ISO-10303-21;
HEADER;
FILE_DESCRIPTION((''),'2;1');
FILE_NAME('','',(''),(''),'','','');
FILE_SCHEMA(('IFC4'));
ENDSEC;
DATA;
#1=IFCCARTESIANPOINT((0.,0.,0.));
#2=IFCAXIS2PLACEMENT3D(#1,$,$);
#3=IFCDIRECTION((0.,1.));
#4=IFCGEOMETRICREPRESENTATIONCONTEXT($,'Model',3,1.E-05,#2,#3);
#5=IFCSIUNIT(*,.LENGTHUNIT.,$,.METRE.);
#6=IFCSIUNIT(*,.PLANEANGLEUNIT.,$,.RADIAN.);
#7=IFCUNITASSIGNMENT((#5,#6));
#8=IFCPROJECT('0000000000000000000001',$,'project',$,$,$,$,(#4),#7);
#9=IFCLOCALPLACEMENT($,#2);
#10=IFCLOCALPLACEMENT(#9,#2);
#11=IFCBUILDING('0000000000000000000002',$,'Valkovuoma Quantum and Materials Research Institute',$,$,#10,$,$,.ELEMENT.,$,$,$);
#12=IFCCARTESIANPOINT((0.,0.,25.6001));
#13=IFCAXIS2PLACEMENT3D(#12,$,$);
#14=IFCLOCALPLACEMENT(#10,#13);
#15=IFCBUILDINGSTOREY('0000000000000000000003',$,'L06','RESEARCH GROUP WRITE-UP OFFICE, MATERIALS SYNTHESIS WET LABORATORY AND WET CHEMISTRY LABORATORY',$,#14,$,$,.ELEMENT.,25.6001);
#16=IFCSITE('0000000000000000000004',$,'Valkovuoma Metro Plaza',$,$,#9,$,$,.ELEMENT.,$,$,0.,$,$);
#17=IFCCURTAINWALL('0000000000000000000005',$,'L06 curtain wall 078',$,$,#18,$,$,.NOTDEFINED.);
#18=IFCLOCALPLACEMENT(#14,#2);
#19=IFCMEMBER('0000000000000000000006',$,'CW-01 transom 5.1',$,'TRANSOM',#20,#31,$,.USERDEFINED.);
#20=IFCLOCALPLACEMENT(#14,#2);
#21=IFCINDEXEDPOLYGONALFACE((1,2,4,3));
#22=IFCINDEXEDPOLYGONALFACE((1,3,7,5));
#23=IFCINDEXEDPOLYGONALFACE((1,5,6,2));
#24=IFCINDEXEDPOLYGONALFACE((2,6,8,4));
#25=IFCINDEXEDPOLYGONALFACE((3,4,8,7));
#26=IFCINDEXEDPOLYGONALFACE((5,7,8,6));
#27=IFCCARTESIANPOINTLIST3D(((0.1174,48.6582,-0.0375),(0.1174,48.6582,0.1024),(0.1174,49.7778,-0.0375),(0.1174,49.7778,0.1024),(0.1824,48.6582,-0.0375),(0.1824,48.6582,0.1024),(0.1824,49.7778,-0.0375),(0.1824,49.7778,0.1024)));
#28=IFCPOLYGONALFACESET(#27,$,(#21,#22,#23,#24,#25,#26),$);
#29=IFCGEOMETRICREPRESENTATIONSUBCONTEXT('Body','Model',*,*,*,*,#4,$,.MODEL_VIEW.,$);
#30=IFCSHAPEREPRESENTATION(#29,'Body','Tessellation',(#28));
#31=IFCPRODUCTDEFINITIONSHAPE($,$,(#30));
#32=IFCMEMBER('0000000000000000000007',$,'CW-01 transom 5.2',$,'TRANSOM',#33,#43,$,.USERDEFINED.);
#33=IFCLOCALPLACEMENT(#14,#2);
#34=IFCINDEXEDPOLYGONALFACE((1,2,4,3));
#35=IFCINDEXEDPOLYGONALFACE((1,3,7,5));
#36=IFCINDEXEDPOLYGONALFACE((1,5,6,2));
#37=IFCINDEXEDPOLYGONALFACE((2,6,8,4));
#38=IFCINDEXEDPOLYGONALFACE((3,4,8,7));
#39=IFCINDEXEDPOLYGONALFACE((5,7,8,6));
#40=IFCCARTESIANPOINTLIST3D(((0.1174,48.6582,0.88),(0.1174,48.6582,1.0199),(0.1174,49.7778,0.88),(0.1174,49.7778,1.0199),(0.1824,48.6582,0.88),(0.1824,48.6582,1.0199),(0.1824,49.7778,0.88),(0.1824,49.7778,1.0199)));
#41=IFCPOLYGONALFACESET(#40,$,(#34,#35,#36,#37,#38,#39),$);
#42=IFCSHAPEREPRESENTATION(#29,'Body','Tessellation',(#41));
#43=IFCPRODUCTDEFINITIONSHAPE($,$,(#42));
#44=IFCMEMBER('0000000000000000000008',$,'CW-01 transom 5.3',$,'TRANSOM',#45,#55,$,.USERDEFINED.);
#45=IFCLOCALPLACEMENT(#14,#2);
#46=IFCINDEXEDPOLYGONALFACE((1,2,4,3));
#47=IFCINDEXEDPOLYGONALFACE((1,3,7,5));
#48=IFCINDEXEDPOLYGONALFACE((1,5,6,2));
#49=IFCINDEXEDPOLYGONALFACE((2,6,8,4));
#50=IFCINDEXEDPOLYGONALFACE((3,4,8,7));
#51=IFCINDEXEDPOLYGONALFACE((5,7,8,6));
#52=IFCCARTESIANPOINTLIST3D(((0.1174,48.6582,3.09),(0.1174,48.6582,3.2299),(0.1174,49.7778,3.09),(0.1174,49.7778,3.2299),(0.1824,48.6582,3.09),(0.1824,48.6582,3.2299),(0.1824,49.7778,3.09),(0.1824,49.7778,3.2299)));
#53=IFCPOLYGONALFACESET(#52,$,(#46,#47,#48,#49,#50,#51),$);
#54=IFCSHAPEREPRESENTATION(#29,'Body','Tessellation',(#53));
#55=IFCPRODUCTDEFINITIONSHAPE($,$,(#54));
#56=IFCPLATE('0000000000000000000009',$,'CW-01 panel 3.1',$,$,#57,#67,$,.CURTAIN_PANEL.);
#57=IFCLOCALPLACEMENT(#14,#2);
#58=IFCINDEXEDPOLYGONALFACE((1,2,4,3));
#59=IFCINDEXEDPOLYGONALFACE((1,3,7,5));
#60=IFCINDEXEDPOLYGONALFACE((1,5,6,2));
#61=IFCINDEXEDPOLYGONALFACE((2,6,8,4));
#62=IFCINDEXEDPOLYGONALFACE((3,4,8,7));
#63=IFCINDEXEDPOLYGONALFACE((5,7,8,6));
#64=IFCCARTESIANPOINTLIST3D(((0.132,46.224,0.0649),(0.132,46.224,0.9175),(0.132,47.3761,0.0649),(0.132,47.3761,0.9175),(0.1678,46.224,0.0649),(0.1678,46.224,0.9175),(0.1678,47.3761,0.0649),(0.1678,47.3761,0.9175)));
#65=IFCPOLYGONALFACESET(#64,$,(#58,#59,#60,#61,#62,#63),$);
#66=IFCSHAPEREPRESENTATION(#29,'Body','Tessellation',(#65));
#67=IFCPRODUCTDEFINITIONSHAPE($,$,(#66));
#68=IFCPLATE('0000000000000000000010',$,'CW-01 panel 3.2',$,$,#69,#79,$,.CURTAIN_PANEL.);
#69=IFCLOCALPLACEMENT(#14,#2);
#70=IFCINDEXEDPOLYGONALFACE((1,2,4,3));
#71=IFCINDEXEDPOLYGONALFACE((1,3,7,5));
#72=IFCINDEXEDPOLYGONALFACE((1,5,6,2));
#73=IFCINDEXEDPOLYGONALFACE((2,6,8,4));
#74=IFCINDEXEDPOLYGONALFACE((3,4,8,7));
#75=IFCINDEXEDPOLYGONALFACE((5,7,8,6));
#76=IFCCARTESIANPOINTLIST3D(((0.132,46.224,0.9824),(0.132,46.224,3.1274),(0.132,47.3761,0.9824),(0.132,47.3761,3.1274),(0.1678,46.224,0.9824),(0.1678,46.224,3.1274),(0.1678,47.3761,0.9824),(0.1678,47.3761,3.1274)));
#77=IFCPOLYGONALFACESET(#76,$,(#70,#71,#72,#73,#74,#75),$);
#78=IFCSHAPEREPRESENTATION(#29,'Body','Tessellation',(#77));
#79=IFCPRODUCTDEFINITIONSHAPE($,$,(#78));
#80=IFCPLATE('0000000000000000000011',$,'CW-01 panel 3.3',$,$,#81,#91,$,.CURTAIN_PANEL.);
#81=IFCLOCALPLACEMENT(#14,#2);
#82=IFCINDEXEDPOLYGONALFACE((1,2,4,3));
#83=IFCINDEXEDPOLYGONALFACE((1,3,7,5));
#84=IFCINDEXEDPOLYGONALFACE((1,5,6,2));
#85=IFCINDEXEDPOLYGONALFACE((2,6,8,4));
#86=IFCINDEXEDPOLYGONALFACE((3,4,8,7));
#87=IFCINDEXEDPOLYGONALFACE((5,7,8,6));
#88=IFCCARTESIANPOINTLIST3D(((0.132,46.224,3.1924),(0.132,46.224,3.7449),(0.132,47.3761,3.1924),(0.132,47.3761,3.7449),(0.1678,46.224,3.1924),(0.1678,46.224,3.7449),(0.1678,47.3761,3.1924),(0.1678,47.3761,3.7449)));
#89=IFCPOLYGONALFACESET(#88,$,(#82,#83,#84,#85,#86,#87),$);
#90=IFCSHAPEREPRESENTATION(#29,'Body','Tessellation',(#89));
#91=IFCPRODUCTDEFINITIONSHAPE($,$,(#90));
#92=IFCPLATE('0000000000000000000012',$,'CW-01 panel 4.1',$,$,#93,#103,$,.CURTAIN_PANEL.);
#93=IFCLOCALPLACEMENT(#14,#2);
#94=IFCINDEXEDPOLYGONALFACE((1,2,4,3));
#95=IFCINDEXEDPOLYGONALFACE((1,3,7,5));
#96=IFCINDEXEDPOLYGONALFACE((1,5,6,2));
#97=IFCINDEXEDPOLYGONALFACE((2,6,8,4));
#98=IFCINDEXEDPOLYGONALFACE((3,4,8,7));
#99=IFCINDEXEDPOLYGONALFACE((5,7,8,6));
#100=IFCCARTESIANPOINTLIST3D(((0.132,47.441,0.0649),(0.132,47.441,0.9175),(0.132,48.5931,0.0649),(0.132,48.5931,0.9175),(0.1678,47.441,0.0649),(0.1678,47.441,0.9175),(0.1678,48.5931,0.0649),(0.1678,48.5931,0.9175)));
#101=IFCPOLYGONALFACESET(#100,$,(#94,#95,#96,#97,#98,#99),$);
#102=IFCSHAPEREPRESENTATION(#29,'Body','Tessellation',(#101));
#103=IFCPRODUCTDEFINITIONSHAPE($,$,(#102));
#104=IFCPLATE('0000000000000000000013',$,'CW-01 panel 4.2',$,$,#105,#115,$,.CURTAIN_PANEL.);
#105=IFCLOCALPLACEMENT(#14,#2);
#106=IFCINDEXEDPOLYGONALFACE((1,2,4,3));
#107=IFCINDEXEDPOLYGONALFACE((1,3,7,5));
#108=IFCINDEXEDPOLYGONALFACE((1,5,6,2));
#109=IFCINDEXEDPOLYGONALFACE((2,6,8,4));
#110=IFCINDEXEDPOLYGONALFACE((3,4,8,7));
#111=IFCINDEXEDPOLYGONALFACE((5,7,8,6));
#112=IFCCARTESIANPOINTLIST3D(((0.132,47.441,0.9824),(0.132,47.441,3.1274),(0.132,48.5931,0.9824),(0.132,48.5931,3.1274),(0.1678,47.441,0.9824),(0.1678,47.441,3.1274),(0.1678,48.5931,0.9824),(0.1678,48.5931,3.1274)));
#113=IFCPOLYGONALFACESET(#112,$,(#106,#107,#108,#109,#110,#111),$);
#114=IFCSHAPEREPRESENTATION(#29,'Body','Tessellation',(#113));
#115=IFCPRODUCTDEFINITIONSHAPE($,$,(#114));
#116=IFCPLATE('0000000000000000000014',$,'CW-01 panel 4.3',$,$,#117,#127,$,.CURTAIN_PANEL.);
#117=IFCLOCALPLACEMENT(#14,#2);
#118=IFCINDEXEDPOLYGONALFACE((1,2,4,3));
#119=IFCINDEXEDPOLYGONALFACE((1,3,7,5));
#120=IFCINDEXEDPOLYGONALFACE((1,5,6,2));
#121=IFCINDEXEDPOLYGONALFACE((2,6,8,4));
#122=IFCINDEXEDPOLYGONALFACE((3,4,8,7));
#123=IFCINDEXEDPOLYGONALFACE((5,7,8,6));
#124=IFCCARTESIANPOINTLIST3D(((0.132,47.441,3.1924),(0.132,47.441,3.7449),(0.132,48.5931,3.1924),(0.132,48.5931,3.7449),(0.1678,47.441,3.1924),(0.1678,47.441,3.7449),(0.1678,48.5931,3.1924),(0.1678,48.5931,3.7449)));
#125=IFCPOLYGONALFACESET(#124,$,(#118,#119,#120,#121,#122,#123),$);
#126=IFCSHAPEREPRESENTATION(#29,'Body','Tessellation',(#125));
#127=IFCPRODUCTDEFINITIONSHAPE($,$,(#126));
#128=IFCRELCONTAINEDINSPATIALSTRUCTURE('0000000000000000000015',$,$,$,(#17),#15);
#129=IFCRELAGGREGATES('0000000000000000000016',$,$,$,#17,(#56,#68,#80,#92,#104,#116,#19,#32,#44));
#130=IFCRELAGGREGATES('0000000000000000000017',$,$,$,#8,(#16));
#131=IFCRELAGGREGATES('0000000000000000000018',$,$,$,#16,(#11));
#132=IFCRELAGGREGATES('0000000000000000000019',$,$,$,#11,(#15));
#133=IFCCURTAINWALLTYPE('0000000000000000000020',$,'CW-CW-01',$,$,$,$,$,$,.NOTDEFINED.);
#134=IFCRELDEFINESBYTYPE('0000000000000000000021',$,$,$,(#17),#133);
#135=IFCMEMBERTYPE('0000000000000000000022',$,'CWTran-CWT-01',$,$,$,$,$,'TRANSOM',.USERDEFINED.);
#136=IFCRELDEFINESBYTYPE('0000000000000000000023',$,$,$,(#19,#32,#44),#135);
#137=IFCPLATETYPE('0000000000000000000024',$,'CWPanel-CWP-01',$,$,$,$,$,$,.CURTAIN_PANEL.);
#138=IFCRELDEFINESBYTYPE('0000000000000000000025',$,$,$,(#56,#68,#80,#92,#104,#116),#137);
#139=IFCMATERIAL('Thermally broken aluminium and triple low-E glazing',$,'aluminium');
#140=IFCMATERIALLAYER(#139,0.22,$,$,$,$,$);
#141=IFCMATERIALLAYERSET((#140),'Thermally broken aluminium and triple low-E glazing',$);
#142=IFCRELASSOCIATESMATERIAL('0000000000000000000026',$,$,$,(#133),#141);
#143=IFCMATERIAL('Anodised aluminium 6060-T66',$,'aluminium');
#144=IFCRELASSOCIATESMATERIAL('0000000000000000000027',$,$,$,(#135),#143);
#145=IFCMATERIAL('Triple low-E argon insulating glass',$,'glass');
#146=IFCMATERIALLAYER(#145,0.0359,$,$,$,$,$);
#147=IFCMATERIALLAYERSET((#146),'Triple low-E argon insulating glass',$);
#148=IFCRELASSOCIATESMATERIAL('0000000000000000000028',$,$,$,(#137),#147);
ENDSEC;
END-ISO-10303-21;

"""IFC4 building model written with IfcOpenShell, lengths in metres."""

from ifc_helpers import new_model, si_unit, direction, frame, origin, origin_2d, place, context, subcontext, project, spatial, rectangle, extrude, material, layer, layer_set, material_profile, profile_set, type_object, element, aggregate, save


model = new_model("IFC4")

# Units and contexts
model_context = context("Model", 3, precision=1e-05, world=origin(), true_north=direction((0.0, 1.0)))
body_context = subcontext(model_context, "Body", "Model", "MODEL_VIEW")
ifc_project = project(units=[si_unit("LENGTHUNIT", "METRE"), si_unit("PLANEANGLEUNIT", "RADIAN")], contexts=[model_context])

# Site, building, storey
site_placement = place(None, origin())
site = spatial("IfcSite", under=ifc_project, at=site_placement, Name="Valkovuoma Metro Plaza", CompositionType="ELEMENT", RefElevation=0.0)
building_placement = place(site_placement, origin())
building = spatial("IfcBuilding", under=site, at=building_placement, Name="Valkovuoma Quantum and Materials Research Institute", CompositionType="ELEMENT")
storey_placement = place(building_placement, frame((0.0, 0.0, 25.6001)))
storey = spatial("IfcBuildingStorey", under=building, at=storey_placement, Name="L06", Description="RESEARCH GROUP WRITE-UP OFFICE, MATERIALS SYNTHESIS WET LABORATORY AND WET CHEMISTRY LABORATORY", CompositionType="ELEMENT", Elevation=25.6001)

# Curtain wall, members, plates
ifc_material_1 = material(Name="Thermally broken aluminium and triple low-E glazing", Category="aluminium")
ifc_layer_1 = layer(ifc_material_1, 0.22)
ifc_layer_set_1 = layer_set([ifc_layer_1], Name="Thermally broken aluminium and triple low-E glazing")
curtain_wall_type = type_object("IfcCurtainWallType", Name="CW-CW-01", PredefinedType="NOTDEFINED", material=ifc_layer_set_1)
curtain_wall_placement = place(storey_placement, origin())
curtain_wall = element("IfcCurtainWall", 1, at=curtain_wall_placement, inside=storey, type_object=curtain_wall_type, Name="L06 curtain wall 078", PredefinedType="NOTDEFINED")
ifc_material_2 = material(Name="Anodised aluminium 6060-T66", Category="aluminium")
ifc_material_profile_1 = material_profile(ifc_material_2, rectangle(XDim=0.0649, YDim=0.1399, at=origin_2d()), Name="Anodised aluminium 6060-T66")
ifc_profile_set_1 = profile_set([ifc_material_profile_1], Name="Anodised aluminium 6060-T66")
member_type_1 = type_object("IfcMemberType", Name="CWTran-CWT-01", ElementType="TRANSOM", PredefinedType="USERDEFINED", material=ifc_profile_set_1)
member_1_placement = place(storey_placement, frame((0.1499, 48.6582, 0.0325), z_axis=(0.0, 1.0, 0.0), x_axis=(-1.0, 0.0, 0.0)))
member_1 = element("IfcMember", 2, at=member_1_placement, type_object=member_type_1, Name="CW-01 transom 5.1", ObjectType="TRANSOM", PredefinedType="USERDEFINED", context=body_context, shape_type="SweptSolid", body=[
    extrude(rectangle(XDim=0.0649, YDim=0.1399, at=origin_2d()), origin(), (0.0, 0.0, 1.0), 1.1196),
])
member_2_placement = place(storey_placement, frame((0.1499, 48.6582, 0.95), z_axis=(0.0, 1.0, 0.0), x_axis=(-1.0, 0.0, 0.0)))
member_2 = element("IfcMember", 3, at=member_2_placement, type_object=member_type_1, Name="CW-01 transom 5.2", ObjectType="TRANSOM", PredefinedType="USERDEFINED", context=body_context, shape_type="SweptSolid", body=[
    extrude(rectangle(XDim=0.0649, YDim=0.1399, at=origin_2d()), origin(), (0.0, 0.0, 1.0), 1.1196),
])
member_3_placement = place(storey_placement, frame((0.1499, 48.6582, 3.1599), z_axis=(0.0, 1.0, 0.0), x_axis=(-1.0, 0.0, 0.0)))
member_3 = element("IfcMember", 4, at=member_3_placement, type_object=member_type_1, Name="CW-01 transom 5.3", ObjectType="TRANSOM", PredefinedType="USERDEFINED", context=body_context, shape_type="SweptSolid", body=[
    extrude(rectangle(XDim=0.0649, YDim=0.1399, at=origin_2d()), origin(), (0.0, 0.0, 1.0), 1.1196),
])
ifc_material_3 = material(Name="Triple low-E argon insulating glass", Category="glass")
ifc_layer_2 = layer(ifc_material_3, 0.0359)
ifc_layer_set_2 = layer_set([ifc_layer_2], Name="Triple low-E argon insulating glass")
plate_type = type_object("IfcPlateType", Name="CWPanel-CWP-01", PredefinedType="CURTAIN_PANEL", material=ifc_layer_set_2)
plate_1_placement = place(storey_placement, frame((0.1499, 46.8, 0.0649), z_axis=(0.0, 0.0, 1.0), x_axis=(0.0, 1.0, 0.0)))
plate_1 = element("IfcPlate", 5, at=plate_1_placement, type_object=plate_type, Name="CW-01 panel 3.1", PredefinedType="CURTAIN_PANEL", context=body_context, shape_type="SweptSolid", body=[
    extrude(rectangle(XDim=1.1521, YDim=0.0359, at=origin_2d()), origin(), (0.0, 0.0, 1.0), 0.8525),
])
plate_2_placement = place(storey_placement, frame((0.1499, 46.8, 0.9824), z_axis=(0.0, 0.0, 1.0), x_axis=(0.0, 1.0, 0.0)))
plate_2 = element("IfcPlate", 6, at=plate_2_placement, type_object=plate_type, Name="CW-01 panel 3.2", PredefinedType="CURTAIN_PANEL", context=body_context, shape_type="SweptSolid", body=[
    extrude(rectangle(XDim=1.1521, YDim=0.0359, at=origin_2d()), origin(), (0.0, 0.0, 1.0), 2.145),
])
plate_3_placement = place(storey_placement, frame((0.1499, 46.8, 3.1924), z_axis=(0.0, 0.0, 1.0), x_axis=(0.0, 1.0, 0.0)))
plate_3 = element("IfcPlate", 7, at=plate_3_placement, type_object=plate_type, Name="CW-01 panel 3.3", PredefinedType="CURTAIN_PANEL", context=body_context, shape_type="SweptSolid", body=[
    extrude(rectangle(XDim=1.1521, YDim=0.0359, at=origin_2d()), origin(), (0.0, 0.0, 1.0), 0.5525),
])
plate_4_placement = place(storey_placement, frame((0.1499, 48.0171, 0.0649), z_axis=(0.0, 0.0, 1.0), x_axis=(0.0, 1.0, 0.0)))
plate_4 = element("IfcPlate", 8, at=plate_4_placement, type_object=plate_type, Name="CW-01 panel 4.1", PredefinedType="CURTAIN_PANEL", context=body_context, shape_type="SweptSolid", body=[
    extrude(rectangle(XDim=1.1521, YDim=0.0359, at=origin_2d()), origin(), (0.0, 0.0, 1.0), 0.8525),
])
plate_5_placement = place(storey_placement, frame((0.1499, 48.0171, 0.9824), z_axis=(0.0, 0.0, 1.0), x_axis=(0.0, 1.0, 0.0)))
plate_5 = element("IfcPlate", 9, at=plate_5_placement, type_object=plate_type, Name="CW-01 panel 4.2", PredefinedType="CURTAIN_PANEL", context=body_context, shape_type="SweptSolid", body=[
    extrude(rectangle(XDim=1.1521, YDim=0.0359, at=origin_2d()), origin(), (0.0, 0.0, 1.0), 2.145),
])
plate_6_placement = place(storey_placement, frame((0.1499, 48.0171, 3.1924), z_axis=(0.0, 0.0, 1.0), x_axis=(0.0, 1.0, 0.0)))
plate_6 = element("IfcPlate", 10, at=plate_6_placement, type_object=plate_type, Name="CW-01 panel 4.3", PredefinedType="CURTAIN_PANEL", context=body_context, shape_type="SweptSolid", body=[
    extrude(rectangle(XDim=1.1521, YDim=0.0359, at=origin_2d()), origin(), (0.0, 0.0, 1.0), 0.5525),
])
aggregate(curtain_wall, [plate_1, plate_2, plate_3, plate_4, plate_5, plate_6, member_1, member_2, member_3])

save(model, "model.ifc")
